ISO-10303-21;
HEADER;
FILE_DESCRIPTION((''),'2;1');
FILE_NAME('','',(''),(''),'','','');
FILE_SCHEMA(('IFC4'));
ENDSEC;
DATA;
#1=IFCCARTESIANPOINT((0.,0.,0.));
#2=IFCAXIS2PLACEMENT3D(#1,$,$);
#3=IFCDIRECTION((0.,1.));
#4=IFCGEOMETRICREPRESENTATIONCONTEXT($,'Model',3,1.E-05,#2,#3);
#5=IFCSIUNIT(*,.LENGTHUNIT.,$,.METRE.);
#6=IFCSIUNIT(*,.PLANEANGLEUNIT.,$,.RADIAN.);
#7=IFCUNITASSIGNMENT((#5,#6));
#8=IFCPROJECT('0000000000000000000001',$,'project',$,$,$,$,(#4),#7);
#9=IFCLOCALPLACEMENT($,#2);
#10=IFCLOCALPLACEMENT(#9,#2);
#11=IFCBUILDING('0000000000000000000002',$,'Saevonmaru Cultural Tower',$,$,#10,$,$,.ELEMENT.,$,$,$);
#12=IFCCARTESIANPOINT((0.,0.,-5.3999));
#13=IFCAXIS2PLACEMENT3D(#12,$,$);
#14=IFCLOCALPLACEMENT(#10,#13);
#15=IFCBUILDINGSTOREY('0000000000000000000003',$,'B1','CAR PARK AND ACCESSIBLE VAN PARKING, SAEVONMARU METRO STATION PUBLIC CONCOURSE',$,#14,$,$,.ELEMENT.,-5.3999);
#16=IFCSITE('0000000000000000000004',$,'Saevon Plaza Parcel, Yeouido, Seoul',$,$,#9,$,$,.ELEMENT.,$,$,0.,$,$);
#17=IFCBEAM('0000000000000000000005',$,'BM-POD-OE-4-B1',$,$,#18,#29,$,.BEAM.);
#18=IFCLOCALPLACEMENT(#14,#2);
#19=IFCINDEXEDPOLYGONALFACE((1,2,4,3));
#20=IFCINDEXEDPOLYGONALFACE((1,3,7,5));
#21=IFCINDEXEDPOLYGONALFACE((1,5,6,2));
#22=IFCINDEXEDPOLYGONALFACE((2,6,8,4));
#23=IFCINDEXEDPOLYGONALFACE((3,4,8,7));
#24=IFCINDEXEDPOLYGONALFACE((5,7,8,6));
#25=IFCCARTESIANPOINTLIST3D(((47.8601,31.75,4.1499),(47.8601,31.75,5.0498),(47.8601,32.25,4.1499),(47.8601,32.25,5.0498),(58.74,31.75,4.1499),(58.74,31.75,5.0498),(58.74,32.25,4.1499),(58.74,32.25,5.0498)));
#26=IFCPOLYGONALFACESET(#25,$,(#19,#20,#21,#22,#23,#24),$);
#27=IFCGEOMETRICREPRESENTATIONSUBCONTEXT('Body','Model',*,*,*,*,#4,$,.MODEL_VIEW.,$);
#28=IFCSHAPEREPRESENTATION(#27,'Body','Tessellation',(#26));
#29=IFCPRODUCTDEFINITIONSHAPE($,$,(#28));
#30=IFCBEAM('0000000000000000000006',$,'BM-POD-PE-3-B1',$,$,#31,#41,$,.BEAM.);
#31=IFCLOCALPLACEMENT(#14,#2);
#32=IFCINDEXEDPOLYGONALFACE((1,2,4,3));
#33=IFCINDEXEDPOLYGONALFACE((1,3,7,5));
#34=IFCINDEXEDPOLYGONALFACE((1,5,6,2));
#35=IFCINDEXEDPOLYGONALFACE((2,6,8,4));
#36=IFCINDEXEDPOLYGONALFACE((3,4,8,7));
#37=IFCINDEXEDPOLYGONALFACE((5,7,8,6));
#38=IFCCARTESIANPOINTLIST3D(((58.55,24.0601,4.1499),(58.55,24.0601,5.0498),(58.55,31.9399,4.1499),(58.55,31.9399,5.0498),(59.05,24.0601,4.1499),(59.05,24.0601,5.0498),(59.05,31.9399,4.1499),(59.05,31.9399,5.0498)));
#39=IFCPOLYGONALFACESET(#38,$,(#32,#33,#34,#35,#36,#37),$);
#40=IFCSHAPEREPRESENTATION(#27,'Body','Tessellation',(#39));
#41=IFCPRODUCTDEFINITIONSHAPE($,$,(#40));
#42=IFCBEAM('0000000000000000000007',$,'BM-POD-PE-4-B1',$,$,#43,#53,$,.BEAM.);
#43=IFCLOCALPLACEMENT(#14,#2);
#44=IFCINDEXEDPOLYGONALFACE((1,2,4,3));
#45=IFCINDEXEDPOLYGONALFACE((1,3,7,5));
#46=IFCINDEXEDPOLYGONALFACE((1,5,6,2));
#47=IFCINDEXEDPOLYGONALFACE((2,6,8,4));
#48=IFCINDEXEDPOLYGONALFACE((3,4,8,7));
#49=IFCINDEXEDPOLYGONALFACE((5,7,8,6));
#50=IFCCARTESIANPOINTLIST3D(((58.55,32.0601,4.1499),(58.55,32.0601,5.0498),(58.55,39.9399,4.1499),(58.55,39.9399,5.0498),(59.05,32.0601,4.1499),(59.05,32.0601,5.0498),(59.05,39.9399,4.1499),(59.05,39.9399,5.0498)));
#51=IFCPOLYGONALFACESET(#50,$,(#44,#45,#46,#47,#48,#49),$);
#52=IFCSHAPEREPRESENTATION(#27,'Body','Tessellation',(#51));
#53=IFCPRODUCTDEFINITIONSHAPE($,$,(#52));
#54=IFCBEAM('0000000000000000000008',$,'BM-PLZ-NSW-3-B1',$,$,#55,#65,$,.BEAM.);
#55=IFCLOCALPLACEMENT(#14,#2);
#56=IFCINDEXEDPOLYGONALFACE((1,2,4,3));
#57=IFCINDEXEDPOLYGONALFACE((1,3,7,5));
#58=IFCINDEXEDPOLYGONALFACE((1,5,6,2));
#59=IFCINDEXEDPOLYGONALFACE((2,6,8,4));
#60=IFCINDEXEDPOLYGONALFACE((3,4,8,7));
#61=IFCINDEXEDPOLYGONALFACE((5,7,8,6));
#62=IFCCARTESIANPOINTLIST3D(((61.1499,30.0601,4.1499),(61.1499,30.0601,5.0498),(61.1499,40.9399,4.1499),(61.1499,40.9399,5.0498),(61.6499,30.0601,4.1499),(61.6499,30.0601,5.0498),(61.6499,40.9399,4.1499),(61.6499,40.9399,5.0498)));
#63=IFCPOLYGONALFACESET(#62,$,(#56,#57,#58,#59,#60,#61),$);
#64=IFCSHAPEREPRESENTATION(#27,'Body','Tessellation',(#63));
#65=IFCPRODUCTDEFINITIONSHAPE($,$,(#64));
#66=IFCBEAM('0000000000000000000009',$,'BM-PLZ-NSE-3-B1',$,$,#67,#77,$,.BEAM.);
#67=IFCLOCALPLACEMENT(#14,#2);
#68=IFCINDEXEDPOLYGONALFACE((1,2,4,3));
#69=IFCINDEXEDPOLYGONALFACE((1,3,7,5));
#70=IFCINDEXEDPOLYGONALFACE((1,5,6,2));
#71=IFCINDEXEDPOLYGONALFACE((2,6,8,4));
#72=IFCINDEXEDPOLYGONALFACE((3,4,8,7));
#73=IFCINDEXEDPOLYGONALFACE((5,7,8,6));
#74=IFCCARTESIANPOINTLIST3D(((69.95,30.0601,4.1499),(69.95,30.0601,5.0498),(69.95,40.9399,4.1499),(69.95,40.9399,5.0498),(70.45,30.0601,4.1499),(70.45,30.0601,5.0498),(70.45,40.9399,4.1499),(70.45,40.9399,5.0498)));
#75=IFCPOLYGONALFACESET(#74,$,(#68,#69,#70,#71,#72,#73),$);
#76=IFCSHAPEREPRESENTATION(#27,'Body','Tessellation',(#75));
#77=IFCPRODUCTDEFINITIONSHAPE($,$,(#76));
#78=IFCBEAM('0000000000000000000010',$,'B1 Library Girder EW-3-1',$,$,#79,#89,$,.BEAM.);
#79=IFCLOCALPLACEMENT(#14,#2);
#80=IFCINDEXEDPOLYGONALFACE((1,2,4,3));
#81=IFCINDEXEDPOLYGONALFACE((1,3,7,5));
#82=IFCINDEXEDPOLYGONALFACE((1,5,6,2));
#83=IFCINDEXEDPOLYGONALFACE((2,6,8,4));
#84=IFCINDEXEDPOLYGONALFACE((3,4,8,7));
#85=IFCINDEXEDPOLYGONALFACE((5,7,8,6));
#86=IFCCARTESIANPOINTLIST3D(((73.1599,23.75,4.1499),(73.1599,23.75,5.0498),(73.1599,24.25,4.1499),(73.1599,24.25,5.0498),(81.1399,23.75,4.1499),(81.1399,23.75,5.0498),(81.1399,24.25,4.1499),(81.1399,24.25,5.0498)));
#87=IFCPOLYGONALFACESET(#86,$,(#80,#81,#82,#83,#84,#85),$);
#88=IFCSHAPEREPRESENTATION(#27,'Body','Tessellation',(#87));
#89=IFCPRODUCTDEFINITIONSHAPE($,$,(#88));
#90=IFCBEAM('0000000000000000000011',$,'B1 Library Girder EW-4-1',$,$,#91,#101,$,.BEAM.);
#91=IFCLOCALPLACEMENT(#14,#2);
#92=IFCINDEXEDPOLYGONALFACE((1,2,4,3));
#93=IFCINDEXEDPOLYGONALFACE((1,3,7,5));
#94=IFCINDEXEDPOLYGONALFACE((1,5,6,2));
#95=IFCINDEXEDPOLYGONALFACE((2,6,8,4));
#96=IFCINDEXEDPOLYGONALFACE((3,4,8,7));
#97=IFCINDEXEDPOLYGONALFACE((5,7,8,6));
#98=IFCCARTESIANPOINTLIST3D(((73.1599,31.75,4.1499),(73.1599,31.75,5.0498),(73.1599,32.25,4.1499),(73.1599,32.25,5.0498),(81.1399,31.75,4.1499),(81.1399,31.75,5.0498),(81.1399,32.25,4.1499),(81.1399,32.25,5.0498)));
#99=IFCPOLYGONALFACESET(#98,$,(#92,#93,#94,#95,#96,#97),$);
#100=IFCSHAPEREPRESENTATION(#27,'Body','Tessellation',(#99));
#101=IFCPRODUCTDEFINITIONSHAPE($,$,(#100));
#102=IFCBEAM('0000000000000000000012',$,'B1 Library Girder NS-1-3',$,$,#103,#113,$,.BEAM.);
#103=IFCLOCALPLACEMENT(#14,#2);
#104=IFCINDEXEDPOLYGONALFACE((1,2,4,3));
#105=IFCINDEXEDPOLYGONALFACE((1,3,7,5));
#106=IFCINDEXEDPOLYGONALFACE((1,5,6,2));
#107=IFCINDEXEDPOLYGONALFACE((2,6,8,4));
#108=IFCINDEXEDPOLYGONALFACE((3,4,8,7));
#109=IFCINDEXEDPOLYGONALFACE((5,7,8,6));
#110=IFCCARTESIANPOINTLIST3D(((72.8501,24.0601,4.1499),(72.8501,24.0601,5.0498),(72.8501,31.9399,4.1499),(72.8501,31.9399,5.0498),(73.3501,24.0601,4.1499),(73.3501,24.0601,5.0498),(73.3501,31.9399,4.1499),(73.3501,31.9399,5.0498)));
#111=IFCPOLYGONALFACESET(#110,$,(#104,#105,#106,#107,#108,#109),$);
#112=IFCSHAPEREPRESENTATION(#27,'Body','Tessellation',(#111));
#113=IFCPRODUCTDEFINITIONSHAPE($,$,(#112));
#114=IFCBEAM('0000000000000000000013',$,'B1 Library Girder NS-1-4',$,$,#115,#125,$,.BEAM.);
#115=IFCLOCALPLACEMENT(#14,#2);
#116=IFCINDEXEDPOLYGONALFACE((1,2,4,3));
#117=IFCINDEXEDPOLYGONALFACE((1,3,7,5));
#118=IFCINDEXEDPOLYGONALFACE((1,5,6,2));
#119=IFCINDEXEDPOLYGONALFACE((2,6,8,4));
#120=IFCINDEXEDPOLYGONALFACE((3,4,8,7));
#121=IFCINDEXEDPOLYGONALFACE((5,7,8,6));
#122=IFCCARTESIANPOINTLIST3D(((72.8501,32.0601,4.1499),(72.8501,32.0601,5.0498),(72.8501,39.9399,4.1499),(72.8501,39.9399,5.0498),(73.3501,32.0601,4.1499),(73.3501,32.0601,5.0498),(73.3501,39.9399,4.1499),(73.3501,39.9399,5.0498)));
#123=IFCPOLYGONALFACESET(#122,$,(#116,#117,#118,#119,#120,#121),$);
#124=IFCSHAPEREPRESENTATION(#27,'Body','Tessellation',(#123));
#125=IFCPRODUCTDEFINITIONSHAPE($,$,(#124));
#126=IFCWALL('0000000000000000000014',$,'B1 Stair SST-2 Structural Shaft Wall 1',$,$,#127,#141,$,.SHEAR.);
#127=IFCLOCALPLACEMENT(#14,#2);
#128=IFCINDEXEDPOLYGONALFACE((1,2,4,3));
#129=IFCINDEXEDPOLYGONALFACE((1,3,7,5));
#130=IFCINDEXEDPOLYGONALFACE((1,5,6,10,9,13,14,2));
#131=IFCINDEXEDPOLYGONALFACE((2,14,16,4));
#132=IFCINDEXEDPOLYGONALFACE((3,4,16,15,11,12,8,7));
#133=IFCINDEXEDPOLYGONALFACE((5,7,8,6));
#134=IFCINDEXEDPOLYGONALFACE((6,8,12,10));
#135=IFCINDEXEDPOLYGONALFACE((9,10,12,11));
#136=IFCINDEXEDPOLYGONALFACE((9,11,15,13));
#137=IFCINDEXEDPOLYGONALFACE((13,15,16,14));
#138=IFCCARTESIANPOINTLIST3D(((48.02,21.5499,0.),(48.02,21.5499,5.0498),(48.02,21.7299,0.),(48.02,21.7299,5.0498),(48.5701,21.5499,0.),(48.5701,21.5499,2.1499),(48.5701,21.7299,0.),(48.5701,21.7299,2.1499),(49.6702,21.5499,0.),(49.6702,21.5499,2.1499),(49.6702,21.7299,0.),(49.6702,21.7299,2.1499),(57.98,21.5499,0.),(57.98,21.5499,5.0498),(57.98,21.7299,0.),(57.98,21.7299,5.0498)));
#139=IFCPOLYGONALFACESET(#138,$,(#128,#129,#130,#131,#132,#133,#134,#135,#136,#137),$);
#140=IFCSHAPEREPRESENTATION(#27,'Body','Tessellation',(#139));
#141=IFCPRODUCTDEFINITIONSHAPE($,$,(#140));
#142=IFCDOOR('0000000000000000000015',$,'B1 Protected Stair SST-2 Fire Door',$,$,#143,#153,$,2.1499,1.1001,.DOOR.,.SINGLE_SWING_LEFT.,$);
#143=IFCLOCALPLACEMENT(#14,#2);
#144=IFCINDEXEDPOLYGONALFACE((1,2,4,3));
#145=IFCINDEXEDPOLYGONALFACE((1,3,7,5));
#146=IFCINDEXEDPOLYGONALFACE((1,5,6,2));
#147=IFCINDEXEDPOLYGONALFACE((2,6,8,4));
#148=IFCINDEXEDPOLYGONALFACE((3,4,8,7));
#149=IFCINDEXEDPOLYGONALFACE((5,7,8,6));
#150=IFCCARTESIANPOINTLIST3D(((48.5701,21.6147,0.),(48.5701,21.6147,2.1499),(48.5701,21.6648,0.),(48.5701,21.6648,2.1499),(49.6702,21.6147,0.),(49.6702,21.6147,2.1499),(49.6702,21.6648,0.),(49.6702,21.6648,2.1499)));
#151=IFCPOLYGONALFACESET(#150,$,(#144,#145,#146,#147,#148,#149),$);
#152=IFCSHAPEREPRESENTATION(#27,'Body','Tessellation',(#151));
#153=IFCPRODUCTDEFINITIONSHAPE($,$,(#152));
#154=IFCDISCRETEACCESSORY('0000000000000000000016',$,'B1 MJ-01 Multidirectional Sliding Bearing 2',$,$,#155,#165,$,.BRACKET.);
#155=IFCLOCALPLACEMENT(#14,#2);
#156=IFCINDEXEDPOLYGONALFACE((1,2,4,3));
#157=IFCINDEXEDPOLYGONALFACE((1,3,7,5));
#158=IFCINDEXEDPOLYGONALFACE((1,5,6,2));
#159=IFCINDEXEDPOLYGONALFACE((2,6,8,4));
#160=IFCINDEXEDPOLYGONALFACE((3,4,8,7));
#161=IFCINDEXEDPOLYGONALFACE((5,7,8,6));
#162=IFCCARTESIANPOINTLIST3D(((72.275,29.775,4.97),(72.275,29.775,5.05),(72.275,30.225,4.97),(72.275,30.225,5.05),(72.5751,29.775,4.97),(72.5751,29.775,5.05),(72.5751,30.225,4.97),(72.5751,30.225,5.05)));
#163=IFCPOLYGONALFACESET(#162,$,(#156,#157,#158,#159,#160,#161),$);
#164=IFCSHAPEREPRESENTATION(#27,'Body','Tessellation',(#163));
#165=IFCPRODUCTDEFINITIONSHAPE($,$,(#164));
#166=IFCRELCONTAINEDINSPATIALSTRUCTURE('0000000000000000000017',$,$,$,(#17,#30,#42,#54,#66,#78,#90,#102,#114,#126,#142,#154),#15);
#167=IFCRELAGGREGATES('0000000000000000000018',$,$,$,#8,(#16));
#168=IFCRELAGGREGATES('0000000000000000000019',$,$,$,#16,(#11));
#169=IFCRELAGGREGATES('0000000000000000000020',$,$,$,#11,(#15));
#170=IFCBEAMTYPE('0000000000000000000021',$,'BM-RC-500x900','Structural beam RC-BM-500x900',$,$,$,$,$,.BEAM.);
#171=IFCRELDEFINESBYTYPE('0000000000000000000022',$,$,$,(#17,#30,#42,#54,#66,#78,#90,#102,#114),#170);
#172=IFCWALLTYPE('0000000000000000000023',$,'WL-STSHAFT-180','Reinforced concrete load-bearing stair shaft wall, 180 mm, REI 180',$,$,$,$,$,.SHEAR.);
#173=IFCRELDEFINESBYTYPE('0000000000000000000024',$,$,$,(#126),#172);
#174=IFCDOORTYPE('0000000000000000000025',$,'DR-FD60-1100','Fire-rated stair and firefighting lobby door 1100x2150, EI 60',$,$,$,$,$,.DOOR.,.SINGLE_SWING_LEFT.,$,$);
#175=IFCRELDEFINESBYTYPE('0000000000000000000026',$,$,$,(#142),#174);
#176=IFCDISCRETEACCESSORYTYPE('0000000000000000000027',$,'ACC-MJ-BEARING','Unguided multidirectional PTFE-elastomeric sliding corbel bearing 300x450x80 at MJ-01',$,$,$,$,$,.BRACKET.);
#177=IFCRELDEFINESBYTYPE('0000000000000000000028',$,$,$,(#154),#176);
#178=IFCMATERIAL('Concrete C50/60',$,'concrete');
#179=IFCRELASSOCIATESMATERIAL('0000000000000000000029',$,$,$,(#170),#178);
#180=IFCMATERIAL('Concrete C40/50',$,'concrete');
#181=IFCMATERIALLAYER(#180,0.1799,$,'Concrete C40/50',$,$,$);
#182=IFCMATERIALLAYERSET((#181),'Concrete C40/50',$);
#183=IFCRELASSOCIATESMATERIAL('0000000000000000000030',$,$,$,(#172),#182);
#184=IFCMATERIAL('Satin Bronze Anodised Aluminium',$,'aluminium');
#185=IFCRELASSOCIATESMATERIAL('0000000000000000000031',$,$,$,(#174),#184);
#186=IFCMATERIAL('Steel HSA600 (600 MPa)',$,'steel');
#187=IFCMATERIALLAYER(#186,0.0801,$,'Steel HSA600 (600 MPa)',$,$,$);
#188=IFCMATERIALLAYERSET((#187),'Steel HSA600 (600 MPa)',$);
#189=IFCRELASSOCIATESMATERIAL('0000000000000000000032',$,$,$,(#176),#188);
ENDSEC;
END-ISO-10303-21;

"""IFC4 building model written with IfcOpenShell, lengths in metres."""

from ifc_helpers import new_model, si_unit, direction, frame, frame_2d, origin, origin_2d, place, context, subcontext, project, spatial, rectangle, extrude, material, layer, layer_set, material_profile, profile_set, type_object, element, fill, save


model = new_model("IFC4")

# Units and contexts
model_context = context("Model", 3, precision=1e-05, world=origin(), true_north=direction((0.0, 1.0)))
body_context = subcontext(model_context, "Body", "Model", "MODEL_VIEW")
ifc_project = project(units=[si_unit("LENGTHUNIT", "METRE"), si_unit("PLANEANGLEUNIT", "RADIAN")], contexts=[model_context])

# Site, building, storey
site_placement = place(None, origin())
site = spatial("IfcSite", under=ifc_project, at=site_placement, Name="Saevon Plaza Parcel, Yeouido, Seoul", CompositionType="ELEMENT", RefElevation=0.0)
building_placement = place(site_placement, origin())
building = spatial("IfcBuilding", under=site, at=building_placement, Name="Saevonmaru Cultural Tower", CompositionType="ELEMENT")
storey_placement = place(building_placement, frame((0.0, 0.0, -5.3999)))
storey = spatial("IfcBuildingStorey", under=building, at=storey_placement, Name="B1", Description="CAR PARK AND ACCESSIBLE VAN PARKING, SAEVONMARU METRO STATION PUBLIC CONCOURSE", CompositionType="ELEMENT", Elevation=-5.3999)

# Shared definitions
ifc_material_1 = material(Name="Concrete C50/60", Category="concrete")

# Beams
ifc_material_profile_1 = material_profile(ifc_material_1, rectangle(XDim=0.5, YDim=0.8999, at=origin_2d()), Name="RC-BM-500x900")
ifc_profile_set_1 = profile_set([ifc_material_profile_1], Name="Concrete C50/60")
beam_type_1 = type_object("IfcBeamType", Name="BM-RC-500x900", Description="Structural beam RC-BM-500x900", PredefinedType="BEAM", material=ifc_profile_set_1)
for number, where, z_axis, x_axis, name in (
    (1, (47.8601, 32.0, 4.5999), (1.0, 0.0, 0.0), (0.0, 1.0, 0.0), "BM-POD-OE-4-B1"),
):
    element("IfcBeam", number, at=place(storey_placement, frame(where, z_axis=z_axis, x_axis=x_axis)), inside=storey, type_object=beam_type_1, Name=name, PredefinedType="BEAM", context=body_context, shape_type="SweptSolid", body=[
        extrude(rectangle(XDim=0.5, YDim=0.8999, at=origin_2d()), origin(), (0.0, 0.0, 1.0), 10.8799),
    ])
for number, where, z_axis, x_axis, name in (
    (2, (58.8, 24.0601, 4.5999), (0.0, 1.0, 0.0), (-1.0, 0.0, 0.0), "BM-POD-PE-3-B1"),
    (3, (58.8, 32.0601, 4.5999), (0.0, 1.0, 0.0), (-1.0, 0.0, 0.0), "BM-POD-PE-4-B1"),
):
    element("IfcBeam", number, at=place(storey_placement, frame(where, z_axis=z_axis, x_axis=x_axis)), inside=storey, type_object=beam_type_1, Name=name, PredefinedType="BEAM", context=body_context, shape_type="SweptSolid", body=[
        extrude(rectangle(XDim=0.5, YDim=0.8999, at=origin_2d()), origin(), (0.0, 0.0, 1.0), 7.8799),
    ])
for number, where, z_axis, x_axis, name in (
    (4, (61.3999, 30.0601, 4.5999), (0.0, 1.0, 0.0), (-1.0, 0.0, 0.0), "BM-PLZ-NSW-3-B1"),
    (5, (70.2, 30.0601, 4.5999), (0.0, 1.0, 0.0), (-1.0, 0.0, 0.0), "BM-PLZ-NSE-3-B1"),
):
    element("IfcBeam", number, at=place(storey_placement, frame(where, z_axis=z_axis, x_axis=x_axis)), inside=storey, type_object=beam_type_1, Name=name, PredefinedType="BEAM", context=body_context, shape_type="SweptSolid", body=[
        extrude(rectangle(XDim=0.5, YDim=0.8999, at=origin_2d()), origin(), (0.0, 0.0, 1.0), 10.8799),
    ])
for number, where, z_axis, x_axis, name in (
    (6, (73.1599, 24.0, 4.5999), (1.0, 0.0, 0.0), (0.0, 1.0, 0.0), "B1 Library Girder EW-3-1"),
    (7, (73.1599, 32.0, 4.5999), (1.0, 0.0, 0.0), (0.0, 1.0, 0.0), "B1 Library Girder EW-4-1"),
):
    element("IfcBeam", number, at=place(storey_placement, frame(where, z_axis=z_axis, x_axis=x_axis)), inside=storey, type_object=beam_type_1, Name=name, PredefinedType="BEAM", context=body_context, shape_type="SweptSolid", body=[
        extrude(rectangle(XDim=0.5, YDim=0.8999, at=origin_2d()), origin(), (0.0, 0.0, 1.0), 7.98),
    ])
for number, where, z_axis, x_axis, name in (
    (8, (73.1001, 24.0601, 4.5999), (0.0, 1.0, 0.0), (-1.0, 0.0, 0.0), "B1 Library Girder NS-1-3"),
    (9, (73.1001, 32.0601, 4.5999), (0.0, 1.0, 0.0), (-1.0, 0.0, 0.0), "B1 Library Girder NS-1-4"),
):
    element("IfcBeam", number, at=place(storey_placement, frame(where, z_axis=z_axis, x_axis=x_axis)), inside=storey, type_object=beam_type_1, Name=name, PredefinedType="BEAM", context=body_context, shape_type="SweptSolid", body=[
        extrude(rectangle(XDim=0.5, YDim=0.8999, at=origin_2d()), origin(), (0.0, 0.0, 1.0), 7.8799),
    ])

# Wall, opening, door
ifc_material_2 = material(Name="Concrete C40/50", Category="concrete")
ifc_layer_1 = layer(ifc_material_2, 0.1799, Name="Concrete C40/50")
ifc_layer_set_1 = layer_set([ifc_layer_1], Name="Concrete C40/50")
wall_type = type_object("IfcWallType", Name="WL-STSHAFT-180", Description="Reinforced concrete load-bearing stair shaft wall, 180 mm, REI 180", PredefinedType="SHEAR", material=ifc_layer_set_1)
wall_placement = place(storey_placement, frame((48.02, 21.6399, 0.0), z_axis=(0.0, 0.0, 1.0), x_axis=(1.0, 0.0, 0.0)))
wall = element("IfcWall", 10, at=wall_placement, inside=storey, type_object=wall_type, Name="B1 Stair SST-2 Structural Shaft Wall 1", PredefinedType="SHEAR", context=body_context, shape_type="SweptSolid", body=[
    extrude(rectangle(XDim=9.96, YDim=0.1799, at=frame_2d((4.98, 0.0))), origin(), (0.0, 0.0, 1.0), 5.0498),
])
opening_placement = place(wall_placement, frame((0.55, 0.0, 0.0)))
opening = element("IfcOpeningElement", 11, at=opening_placement, cuts=wall, PredefinedType="OPENING", context=body_context, shape_type="SweptSolid", body=[
    extrude(rectangle(XDim=1.1001, YDim=2.1499, at=frame_2d((0.55, 1.075))), frame((0.0, 0.1001, 0.0), z_axis=(0.0, -1.0, 0.0), x_axis=(1.0, 0.0, 0.0)), (0.0, 0.0, 1.0), 0.2),
])
ifc_material_3 = material(Name="Satin Bronze Anodised Aluminium", Category="aluminium")
door_type = type_object("IfcDoorType", Name="DR-FD60-1100", Description="Fire-rated stair and firefighting lobby door 1100x2150, EI 60", OperationType="SINGLE_SWING_LEFT", PredefinedType="DOOR", material=ifc_material_3)
door_placement = place(opening_placement, origin())
door = element("IfcDoor", 12, at=door_placement, inside=storey, type_object=door_type, Name="B1 Protected Stair SST-2 Fire Door", OperationType="SINGLE_SWING_LEFT", OverallHeight=2.1499, OverallWidth=1.1001, PredefinedType="DOOR", context=body_context, shape_type="SweptSolid", body=[
    extrude(rectangle(XDim=1.1001, YDim=2.1499, at=frame_2d((0.55, 1.075))), frame((0.0, 0.0249, 0.0), z_axis=(0.0, -1.0, 0.0), x_axis=(1.0, 0.0, 0.0)), (0.0, 0.0, 1.0), 0.05),
])
fill(opening, door)

# Discrete accessory
ifc_material_4 = material(Name="Steel HSA600 (600 MPa)", Category="steel")
ifc_layer_2 = layer(ifc_material_4, 0.0801, Name="Steel HSA600 (600 MPa)")
ifc_layer_set_2 = layer_set([ifc_layer_2], Name="Steel HSA600 (600 MPa)")
discrete_accessory_type = type_object("IfcDiscreteAccessoryType", Name="ACC-MJ-BEARING", Description="Unguided multidirectional PTFE-elastomeric sliding corbel bearing 300x450x80 at MJ-01", PredefinedType="BRACKET", material=ifc_layer_set_2)
discrete_accessory_placement = place(storey_placement, frame((72.425, 30.0, 4.97), z_axis=(0.0, 0.0, 1.0), x_axis=(1.0, 0.0, 0.0)))
element("IfcDiscreteAccessory", 13, at=discrete_accessory_placement, inside=storey, type_object=discrete_accessory_type, Name="B1 MJ-01 Multidirectional Sliding Bearing 2", PredefinedType="BRACKET", context=body_context, shape_type="SweptSolid", body=[
    extrude(rectangle(XDim=0.3, YDim=0.45, at=origin_2d()), origin(), (0.0, 0.0, 1.0), 0.0801),
])

save(model, "model.ifc")
